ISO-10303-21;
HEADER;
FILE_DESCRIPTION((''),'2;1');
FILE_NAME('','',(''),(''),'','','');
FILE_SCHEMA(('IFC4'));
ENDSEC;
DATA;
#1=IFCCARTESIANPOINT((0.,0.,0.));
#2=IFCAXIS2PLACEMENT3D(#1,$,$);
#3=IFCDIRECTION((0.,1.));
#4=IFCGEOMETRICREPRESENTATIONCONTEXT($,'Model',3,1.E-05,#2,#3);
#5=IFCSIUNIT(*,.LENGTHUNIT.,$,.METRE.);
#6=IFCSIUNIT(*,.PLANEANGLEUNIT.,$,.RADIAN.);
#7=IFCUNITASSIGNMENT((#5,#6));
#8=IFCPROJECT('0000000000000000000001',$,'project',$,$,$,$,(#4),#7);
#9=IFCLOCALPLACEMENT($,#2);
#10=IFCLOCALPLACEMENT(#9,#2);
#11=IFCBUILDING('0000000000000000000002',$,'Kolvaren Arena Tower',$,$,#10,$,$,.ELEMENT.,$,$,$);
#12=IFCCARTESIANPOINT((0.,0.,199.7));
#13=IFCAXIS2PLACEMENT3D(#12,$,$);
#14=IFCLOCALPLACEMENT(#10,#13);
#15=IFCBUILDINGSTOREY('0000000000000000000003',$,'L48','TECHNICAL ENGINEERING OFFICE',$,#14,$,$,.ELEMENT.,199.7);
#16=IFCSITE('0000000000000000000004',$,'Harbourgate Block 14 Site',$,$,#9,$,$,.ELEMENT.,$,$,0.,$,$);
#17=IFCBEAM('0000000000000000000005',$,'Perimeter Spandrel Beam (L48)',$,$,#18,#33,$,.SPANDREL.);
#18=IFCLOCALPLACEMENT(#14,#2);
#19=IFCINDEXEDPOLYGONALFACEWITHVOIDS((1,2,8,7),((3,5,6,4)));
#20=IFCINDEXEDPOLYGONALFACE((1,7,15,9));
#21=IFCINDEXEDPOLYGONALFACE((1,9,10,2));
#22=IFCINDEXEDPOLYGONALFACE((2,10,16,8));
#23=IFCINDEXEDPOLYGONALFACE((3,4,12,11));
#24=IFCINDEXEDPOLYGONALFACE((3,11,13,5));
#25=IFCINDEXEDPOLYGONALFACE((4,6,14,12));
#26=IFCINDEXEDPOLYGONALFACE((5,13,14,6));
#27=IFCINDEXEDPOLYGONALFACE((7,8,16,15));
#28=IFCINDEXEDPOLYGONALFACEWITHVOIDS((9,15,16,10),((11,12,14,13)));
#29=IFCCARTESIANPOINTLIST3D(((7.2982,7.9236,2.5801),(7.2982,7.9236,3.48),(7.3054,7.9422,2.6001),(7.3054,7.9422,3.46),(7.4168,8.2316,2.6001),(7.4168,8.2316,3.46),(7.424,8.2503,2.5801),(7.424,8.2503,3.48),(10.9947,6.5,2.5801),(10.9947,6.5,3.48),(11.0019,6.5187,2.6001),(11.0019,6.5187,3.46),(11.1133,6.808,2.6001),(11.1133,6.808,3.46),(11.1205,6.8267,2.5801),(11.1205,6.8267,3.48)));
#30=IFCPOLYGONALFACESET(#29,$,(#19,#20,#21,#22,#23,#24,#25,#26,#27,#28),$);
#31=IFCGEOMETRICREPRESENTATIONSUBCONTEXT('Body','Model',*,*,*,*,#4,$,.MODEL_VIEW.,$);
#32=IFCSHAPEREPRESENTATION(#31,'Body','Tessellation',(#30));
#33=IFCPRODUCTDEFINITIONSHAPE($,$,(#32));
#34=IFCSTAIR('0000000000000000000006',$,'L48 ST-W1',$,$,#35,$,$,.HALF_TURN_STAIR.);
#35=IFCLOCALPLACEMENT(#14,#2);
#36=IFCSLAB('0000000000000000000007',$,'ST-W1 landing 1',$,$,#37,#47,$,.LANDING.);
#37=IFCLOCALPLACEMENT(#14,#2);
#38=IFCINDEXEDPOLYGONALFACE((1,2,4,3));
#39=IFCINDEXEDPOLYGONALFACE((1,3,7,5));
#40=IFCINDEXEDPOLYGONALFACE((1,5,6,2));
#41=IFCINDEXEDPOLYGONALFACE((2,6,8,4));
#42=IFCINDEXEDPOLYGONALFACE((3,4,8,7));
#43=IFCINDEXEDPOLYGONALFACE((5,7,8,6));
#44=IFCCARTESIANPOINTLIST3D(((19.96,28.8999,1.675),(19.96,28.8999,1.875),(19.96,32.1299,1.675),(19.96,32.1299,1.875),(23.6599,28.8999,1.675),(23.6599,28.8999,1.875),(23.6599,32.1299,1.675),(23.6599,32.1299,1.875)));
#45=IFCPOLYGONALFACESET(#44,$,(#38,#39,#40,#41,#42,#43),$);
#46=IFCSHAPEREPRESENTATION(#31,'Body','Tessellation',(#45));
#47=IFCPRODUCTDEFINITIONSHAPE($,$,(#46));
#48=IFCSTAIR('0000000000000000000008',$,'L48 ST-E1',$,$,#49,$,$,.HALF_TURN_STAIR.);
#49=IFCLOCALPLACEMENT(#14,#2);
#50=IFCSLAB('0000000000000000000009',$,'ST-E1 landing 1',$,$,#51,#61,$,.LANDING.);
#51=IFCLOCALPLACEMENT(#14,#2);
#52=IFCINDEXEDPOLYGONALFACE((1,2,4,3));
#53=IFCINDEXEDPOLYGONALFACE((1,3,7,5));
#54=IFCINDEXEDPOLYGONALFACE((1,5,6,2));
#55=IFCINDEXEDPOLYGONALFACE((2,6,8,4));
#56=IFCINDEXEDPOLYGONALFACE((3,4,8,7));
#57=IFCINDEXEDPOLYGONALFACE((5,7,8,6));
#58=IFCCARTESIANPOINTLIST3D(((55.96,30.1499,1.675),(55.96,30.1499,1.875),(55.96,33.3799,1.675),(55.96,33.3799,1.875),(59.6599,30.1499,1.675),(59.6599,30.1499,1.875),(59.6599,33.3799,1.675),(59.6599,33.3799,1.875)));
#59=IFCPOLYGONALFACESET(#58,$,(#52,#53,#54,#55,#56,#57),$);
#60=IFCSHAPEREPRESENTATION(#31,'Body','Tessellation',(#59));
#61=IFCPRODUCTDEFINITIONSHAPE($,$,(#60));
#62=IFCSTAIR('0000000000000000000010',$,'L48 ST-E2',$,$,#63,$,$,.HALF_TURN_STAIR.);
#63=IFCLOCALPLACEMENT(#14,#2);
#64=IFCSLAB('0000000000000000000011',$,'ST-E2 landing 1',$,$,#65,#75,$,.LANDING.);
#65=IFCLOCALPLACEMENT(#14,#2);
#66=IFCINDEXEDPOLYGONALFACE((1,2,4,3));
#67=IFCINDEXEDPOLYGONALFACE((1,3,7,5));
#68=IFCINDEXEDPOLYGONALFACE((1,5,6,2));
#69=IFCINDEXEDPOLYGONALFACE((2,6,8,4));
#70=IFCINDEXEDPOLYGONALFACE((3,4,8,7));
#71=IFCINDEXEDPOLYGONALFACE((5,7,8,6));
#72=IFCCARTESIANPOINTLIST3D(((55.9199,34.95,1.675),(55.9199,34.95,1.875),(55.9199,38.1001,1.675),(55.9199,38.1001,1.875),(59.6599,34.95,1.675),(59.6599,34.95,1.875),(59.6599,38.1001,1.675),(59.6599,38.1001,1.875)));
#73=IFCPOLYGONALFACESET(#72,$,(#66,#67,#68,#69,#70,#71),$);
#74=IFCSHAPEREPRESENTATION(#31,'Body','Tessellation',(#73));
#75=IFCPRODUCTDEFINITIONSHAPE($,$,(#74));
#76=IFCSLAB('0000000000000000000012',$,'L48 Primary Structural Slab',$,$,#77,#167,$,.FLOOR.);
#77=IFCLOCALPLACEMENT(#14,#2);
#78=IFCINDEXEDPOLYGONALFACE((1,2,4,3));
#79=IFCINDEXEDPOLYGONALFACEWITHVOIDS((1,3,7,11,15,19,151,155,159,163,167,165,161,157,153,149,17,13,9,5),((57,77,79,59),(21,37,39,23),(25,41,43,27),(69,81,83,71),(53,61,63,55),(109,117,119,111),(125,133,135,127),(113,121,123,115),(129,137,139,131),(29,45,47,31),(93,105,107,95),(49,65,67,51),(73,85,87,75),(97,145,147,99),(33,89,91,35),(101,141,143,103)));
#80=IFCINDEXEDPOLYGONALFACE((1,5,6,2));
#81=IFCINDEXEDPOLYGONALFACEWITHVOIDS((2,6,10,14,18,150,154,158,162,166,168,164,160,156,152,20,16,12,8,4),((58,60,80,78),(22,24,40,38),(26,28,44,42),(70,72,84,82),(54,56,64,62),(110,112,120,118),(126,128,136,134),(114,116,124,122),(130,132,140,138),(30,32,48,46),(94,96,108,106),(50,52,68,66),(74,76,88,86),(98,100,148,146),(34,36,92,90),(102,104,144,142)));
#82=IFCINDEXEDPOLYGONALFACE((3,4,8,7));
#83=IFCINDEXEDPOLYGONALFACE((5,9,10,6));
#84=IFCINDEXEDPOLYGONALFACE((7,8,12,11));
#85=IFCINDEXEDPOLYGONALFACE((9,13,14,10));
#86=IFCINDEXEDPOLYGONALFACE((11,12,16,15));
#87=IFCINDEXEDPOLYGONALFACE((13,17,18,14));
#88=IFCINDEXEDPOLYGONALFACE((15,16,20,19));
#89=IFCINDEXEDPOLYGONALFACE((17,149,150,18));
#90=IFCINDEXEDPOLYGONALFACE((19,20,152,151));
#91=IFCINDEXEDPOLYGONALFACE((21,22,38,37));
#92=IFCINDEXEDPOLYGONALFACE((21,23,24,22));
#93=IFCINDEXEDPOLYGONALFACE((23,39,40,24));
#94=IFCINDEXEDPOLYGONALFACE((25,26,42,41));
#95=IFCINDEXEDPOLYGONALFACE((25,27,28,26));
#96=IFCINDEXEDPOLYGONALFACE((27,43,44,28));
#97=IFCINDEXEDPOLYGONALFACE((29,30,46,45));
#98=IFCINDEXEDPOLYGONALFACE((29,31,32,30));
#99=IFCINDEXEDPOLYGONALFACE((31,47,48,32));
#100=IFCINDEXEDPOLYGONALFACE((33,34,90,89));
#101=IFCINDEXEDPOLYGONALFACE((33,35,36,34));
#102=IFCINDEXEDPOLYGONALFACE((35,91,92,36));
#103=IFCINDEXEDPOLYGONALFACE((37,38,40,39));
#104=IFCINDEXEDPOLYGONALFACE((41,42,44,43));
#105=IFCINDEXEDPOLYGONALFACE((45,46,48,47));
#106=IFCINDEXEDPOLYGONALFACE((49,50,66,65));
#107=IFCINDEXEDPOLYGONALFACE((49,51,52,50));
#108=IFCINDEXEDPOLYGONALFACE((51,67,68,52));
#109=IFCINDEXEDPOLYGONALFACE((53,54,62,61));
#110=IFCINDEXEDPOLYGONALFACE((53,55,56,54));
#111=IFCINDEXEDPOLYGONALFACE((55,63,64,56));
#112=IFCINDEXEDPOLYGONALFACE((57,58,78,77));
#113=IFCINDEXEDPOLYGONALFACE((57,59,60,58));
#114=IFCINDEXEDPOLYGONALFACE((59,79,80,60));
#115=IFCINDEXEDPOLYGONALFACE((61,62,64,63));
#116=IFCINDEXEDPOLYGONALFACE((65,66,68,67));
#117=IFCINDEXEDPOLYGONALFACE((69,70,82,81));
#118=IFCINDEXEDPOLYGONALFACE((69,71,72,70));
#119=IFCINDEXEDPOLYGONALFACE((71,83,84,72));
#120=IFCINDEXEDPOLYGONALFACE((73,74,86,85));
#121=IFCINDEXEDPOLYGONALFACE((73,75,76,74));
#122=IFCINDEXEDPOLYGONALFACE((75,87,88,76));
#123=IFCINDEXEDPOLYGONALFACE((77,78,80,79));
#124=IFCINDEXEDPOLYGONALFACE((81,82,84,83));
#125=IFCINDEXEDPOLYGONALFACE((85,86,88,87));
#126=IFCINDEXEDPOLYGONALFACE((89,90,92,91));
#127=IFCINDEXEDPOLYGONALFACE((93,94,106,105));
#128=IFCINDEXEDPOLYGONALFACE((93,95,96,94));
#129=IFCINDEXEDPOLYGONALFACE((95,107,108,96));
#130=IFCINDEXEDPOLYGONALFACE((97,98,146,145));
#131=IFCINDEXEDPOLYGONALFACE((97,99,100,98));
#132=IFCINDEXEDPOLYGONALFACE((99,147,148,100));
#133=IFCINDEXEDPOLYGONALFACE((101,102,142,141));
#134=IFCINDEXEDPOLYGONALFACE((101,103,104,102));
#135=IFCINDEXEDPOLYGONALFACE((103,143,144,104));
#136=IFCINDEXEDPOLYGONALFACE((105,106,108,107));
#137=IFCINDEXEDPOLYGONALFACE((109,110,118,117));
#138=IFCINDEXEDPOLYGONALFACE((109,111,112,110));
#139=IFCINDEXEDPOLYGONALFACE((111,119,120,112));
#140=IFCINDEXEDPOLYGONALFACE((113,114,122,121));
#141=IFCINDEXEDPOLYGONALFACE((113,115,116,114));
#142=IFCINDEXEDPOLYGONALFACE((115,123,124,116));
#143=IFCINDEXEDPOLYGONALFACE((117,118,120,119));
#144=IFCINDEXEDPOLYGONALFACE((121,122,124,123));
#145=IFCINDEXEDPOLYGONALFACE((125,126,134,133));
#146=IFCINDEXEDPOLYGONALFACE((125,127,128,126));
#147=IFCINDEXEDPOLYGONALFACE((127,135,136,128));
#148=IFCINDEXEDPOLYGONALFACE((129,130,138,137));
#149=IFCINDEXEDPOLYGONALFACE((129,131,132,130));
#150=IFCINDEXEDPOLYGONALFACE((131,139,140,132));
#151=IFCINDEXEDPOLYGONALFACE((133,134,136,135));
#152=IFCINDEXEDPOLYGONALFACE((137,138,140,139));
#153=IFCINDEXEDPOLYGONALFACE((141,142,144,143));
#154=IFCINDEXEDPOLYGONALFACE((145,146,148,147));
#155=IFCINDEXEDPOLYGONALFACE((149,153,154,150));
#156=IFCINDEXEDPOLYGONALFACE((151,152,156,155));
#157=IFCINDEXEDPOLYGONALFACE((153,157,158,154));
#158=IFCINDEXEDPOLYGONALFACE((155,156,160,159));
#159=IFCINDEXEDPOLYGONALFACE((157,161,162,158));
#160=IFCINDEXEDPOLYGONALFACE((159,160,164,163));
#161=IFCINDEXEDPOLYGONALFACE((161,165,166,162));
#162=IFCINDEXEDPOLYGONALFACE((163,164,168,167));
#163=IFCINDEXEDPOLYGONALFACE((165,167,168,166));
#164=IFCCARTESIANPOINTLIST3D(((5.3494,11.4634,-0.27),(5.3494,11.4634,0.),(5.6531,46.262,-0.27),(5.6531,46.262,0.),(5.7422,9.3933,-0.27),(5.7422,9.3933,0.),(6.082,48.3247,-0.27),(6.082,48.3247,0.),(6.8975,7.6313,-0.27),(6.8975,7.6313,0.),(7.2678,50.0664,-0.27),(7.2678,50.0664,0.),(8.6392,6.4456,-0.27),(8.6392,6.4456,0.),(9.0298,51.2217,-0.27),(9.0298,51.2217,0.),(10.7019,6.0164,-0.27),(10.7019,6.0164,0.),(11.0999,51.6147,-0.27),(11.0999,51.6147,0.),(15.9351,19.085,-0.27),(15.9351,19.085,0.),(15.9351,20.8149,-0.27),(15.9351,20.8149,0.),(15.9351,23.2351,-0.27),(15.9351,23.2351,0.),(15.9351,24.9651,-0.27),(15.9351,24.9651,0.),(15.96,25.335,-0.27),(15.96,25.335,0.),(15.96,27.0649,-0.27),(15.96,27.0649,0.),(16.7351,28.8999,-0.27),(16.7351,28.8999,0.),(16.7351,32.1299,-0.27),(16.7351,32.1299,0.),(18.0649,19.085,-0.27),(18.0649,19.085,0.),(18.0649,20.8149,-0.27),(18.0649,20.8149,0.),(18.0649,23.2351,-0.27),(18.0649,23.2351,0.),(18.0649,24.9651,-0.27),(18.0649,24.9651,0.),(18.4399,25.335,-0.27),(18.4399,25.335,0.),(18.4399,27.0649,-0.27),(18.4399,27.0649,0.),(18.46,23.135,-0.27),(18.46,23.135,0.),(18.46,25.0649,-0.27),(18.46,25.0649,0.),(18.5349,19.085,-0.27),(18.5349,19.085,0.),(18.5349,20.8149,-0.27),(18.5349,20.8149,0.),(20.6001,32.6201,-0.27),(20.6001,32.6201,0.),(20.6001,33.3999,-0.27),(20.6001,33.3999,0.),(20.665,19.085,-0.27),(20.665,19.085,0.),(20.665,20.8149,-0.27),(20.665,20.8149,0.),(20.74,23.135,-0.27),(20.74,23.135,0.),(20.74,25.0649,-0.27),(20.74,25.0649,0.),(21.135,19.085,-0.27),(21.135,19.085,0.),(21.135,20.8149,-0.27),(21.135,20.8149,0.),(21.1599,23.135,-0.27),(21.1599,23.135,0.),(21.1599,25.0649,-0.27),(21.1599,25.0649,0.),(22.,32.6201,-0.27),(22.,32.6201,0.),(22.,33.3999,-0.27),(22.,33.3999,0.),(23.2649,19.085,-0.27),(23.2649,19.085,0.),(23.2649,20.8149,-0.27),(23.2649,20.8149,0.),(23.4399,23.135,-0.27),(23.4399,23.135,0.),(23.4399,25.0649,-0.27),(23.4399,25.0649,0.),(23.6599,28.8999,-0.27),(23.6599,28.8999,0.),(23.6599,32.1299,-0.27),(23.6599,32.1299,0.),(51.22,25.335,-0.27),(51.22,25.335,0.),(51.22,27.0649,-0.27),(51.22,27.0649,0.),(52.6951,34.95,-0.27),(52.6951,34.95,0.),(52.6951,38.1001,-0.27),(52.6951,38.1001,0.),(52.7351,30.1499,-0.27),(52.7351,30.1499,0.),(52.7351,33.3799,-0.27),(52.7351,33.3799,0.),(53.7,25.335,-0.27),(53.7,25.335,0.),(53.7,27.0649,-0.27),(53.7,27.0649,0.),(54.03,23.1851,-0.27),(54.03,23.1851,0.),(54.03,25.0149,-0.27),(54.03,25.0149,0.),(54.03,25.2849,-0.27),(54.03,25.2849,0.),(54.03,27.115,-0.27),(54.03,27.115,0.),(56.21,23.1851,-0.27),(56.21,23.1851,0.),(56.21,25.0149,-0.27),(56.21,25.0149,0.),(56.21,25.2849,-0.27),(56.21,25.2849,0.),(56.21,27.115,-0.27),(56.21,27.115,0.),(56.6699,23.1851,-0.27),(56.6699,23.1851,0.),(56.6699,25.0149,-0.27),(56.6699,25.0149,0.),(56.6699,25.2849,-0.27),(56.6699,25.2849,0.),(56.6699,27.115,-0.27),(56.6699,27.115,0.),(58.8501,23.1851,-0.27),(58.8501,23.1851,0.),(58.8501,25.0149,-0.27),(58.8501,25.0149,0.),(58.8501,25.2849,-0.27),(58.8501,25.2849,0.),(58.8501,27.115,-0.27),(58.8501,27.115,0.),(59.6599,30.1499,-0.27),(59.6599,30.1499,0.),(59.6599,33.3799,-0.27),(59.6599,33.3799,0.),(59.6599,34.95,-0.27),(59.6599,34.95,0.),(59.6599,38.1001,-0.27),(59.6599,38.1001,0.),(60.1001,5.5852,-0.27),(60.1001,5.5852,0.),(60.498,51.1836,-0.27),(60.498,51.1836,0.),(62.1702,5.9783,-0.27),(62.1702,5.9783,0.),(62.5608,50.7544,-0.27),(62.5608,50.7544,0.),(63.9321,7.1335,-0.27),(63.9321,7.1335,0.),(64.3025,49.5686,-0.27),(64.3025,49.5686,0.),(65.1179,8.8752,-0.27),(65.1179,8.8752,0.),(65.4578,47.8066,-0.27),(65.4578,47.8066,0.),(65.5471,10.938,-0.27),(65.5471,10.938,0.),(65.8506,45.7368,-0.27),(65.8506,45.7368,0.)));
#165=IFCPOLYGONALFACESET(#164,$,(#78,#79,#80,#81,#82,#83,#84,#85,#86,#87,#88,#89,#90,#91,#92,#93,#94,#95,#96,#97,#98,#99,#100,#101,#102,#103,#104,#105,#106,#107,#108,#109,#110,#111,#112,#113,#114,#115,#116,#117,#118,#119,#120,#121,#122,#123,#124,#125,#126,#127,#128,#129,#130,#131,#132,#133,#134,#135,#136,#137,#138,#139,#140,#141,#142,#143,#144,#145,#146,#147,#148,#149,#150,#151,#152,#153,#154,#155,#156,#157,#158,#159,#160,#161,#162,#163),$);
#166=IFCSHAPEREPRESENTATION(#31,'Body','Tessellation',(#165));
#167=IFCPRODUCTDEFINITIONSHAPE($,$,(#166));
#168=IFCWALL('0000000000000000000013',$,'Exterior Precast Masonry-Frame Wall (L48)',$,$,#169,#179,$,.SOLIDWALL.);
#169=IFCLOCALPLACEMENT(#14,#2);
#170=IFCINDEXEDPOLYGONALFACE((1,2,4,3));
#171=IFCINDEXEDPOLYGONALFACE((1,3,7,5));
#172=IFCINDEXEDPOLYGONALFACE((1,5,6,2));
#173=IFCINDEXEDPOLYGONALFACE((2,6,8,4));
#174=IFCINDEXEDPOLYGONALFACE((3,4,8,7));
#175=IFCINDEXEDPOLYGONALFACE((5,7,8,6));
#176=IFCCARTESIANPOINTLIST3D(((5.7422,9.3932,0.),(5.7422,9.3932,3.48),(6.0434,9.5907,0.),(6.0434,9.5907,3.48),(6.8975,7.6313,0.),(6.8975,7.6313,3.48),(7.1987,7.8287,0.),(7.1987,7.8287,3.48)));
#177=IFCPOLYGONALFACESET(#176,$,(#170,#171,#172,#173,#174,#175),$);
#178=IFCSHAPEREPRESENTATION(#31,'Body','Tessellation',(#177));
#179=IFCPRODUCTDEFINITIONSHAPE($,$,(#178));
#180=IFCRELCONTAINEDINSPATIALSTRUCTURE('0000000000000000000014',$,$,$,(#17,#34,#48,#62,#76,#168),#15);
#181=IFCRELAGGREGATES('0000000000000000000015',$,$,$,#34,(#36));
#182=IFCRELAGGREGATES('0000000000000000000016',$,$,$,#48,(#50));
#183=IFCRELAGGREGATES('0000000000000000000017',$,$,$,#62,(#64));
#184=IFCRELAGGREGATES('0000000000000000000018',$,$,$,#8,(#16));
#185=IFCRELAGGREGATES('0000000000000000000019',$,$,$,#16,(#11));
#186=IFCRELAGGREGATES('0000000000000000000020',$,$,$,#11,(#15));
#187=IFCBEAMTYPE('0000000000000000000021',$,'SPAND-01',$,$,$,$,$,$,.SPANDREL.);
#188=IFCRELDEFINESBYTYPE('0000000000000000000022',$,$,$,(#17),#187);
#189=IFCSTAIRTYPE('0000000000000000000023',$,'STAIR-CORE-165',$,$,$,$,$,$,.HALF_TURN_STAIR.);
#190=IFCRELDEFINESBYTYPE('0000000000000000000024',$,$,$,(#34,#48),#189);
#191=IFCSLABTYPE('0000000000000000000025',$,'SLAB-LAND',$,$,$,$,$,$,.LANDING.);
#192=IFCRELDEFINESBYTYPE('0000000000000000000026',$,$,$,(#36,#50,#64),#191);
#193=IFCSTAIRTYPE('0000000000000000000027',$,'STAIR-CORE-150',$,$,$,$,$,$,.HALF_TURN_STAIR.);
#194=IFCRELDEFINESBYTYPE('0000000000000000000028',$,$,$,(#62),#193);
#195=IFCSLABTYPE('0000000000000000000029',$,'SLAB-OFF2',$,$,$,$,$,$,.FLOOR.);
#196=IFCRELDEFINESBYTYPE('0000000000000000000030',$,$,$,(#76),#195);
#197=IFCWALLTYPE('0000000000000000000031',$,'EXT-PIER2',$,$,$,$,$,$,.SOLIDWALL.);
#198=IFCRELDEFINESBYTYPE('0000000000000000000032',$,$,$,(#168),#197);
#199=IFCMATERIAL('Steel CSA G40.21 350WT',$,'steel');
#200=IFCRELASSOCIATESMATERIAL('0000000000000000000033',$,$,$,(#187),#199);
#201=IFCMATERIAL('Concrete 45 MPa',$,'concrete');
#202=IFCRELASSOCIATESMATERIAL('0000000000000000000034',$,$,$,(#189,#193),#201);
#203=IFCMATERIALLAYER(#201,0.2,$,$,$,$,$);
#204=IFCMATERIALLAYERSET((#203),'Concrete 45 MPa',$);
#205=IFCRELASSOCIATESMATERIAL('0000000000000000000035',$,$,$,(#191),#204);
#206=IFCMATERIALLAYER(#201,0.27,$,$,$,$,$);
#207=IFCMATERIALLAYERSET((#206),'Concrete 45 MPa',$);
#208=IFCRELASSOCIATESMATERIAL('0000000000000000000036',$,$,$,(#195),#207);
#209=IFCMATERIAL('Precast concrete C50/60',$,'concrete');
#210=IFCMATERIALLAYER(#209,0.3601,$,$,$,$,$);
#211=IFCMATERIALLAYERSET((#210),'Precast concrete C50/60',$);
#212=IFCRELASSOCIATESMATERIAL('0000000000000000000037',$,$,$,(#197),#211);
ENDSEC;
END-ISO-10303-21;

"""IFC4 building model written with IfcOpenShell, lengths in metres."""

from ifc_helpers import new_model, si_unit, direction, frame, frame_2d, origin, origin_2d, place, context, subcontext, project, spatial, polyline, rectangle, hollow_rectangle, outline, extrude, material, layer, layer_set, material_profile, profile_set, type_object, element, aggregate, save


model = new_model("IFC4")

# Units and contexts
model_context = context("Model", 3, precision=1e-05, world=origin(), true_north=direction((0.0, 1.0)))
body_context = subcontext(model_context, "Body", "Model", "MODEL_VIEW")
ifc_project = project(units=[si_unit("LENGTHUNIT", "METRE"), si_unit("PLANEANGLEUNIT", "RADIAN")], contexts=[model_context])

# Site, building, storey
site_placement = place(None, origin())
site = spatial("IfcSite", under=ifc_project, at=site_placement, Name="Harbourgate Block 14 Site", CompositionType="ELEMENT", RefElevation=0.0)
building_placement = place(site_placement, origin())
building = spatial("IfcBuilding", under=site, at=building_placement, Name="Kolvaren Arena Tower", CompositionType="ELEMENT")
storey_placement = place(building_placement, frame((0.0, 0.0, 199.7)))
storey = spatial("IfcBuildingStorey", under=building, at=storey_placement, Name="L48", Description="TECHNICAL ENGINEERING OFFICE", CompositionType="ELEMENT", Elevation=199.7)

# Beam
ifc_material_1 = material(Name="Steel CSA G40.21 350WT", Category="steel")
ifc_material_profile_1 = material_profile(ifc_material_1, hollow_rectangle(XDim=0.3501, YDim=0.8999, WallThickness=0.02, at=origin_2d()), Name="HSS 900x350x20")
ifc_profile_set_1 = profile_set([ifc_material_profile_1], Name="Steel CSA G40.21 350WT")
beam_type_1 = type_object("IfcBeamType", Name="SPAND-01", PredefinedType="SPANDREL", material=ifc_profile_set_1)
beam_1_placement = place(storey_placement, frame((7.3611, 8.0869, 3.03), z_axis=(0.93319, -0.359384, 0.0), x_axis=(0.359384, 0.93319, 0.0)))
element("IfcBeam", 1, at=beam_1_placement, inside=storey, type_object=beam_type_1, Name="Perimeter Spandrel Beam (L48)", PredefinedType="SPANDREL", context=body_context, shape_type="SweptSolid", body=[
    extrude(hollow_rectangle(XDim=0.3501, YDim=0.8999, WallThickness=0.02, at=origin_2d()), origin(), (0.0, 0.0, 1.0), 3.9612),
])

# Stairs, slabs
ifc_material_2 = material(Name="Concrete 45 MPa", Category="concrete")
stair_type_1 = type_object("IfcStairType", Name="STAIR-CORE-165", PredefinedType="HALF_TURN_STAIR", material=ifc_material_2)
stair_1_placement = place(storey_placement, origin())
stair_1 = element("IfcStair", 2, at=stair_1_placement, inside=storey, type_object=stair_type_1, Name="L48 ST-W1", PredefinedType="HALF_TURN_STAIR")
ifc_layer_1 = layer(ifc_material_2, 0.2)
ifc_layer_set_1 = layer_set([ifc_layer_1], Name="Concrete 45 MPa")
slab_type_1 = type_object("IfcSlabType", Name="SLAB-LAND", PredefinedType="LANDING", material=ifc_layer_set_1)
slab_1_placement = place(storey_placement, frame((0.0, 0.0, 1.675)))
slab_1 = element("IfcSlab", 3, at=slab_1_placement, type_object=slab_type_1, Name="ST-W1 landing 1", PredefinedType="LANDING", context=body_context, shape_type="SweptSolid", body=[
    extrude(outline(polyline([(19.96, 28.8999), (23.6599, 28.8999), (23.6599, 32.1299), (19.96, 32.1299), (19.96, 28.8999)])), origin(), (0.0, 0.0, 1.0), 0.2),
])
aggregate(stair_1, [slab_1])
stair_2_placement = place(storey_placement, origin())
stair_2 = element("IfcStair", 4, at=stair_2_placement, inside=storey, type_object=stair_type_1, Name="L48 ST-E1", PredefinedType="HALF_TURN_STAIR")
slab_2_placement = place(storey_placement, frame((0.0, 0.0, 1.675)))
slab_2 = element("IfcSlab", 5, at=slab_2_placement, type_object=slab_type_1, Name="ST-E1 landing 1", PredefinedType="LANDING", context=body_context, shape_type="SweptSolid", body=[
    extrude(outline(polyline([(55.96, 30.1499), (59.6599, 30.1499), (59.6599, 33.3799), (55.96, 33.3799), (55.96, 30.1499)])), origin(), (0.0, 0.0, 1.0), 0.2),
])
aggregate(stair_2, [slab_2])
stair_type_2 = type_object("IfcStairType", Name="STAIR-CORE-150", PredefinedType="HALF_TURN_STAIR", material=ifc_material_2)
stair_3_placement = place(storey_placement, origin())
stair_3 = element("IfcStair", 6, at=stair_3_placement, inside=storey, type_object=stair_type_2, Name="L48 ST-E2", PredefinedType="HALF_TURN_STAIR")
slab_3_placement = place(storey_placement, frame((0.0, 0.0, 1.675)))
slab_3 = element("IfcSlab", 7, at=slab_3_placement, type_object=slab_type_1, Name="ST-E2 landing 1", PredefinedType="LANDING", context=body_context, shape_type="SweptSolid", body=[
    extrude(outline(polyline([(55.9199, 34.95), (59.6599, 34.95), (59.6599, 38.1001), (55.9199, 38.1001), (55.9199, 34.95)])), origin(), (0.0, 0.0, 1.0), 0.2),
])
aggregate(stair_3, [slab_3])

# Slab
ifc_layer_2 = layer(ifc_material_2, 0.27)
ifc_layer_set_2 = layer_set([ifc_layer_2], Name="Concrete 45 MPa")
slab_type_2 = type_object("IfcSlabType", Name="SLAB-OFF2", PredefinedType="FLOOR", material=ifc_layer_set_2)
slab_4_placement = place(storey_placement, frame((0.0, 0.0, -0.27)))
element("IfcSlab", 8, at=slab_4_placement, inside=storey, type_object=slab_type_2, Name="L48 Primary Structural Slab", PredefinedType="FLOOR", context=body_context, shape_type="SweptSolid", body=[
    extrude(outline(polyline([(60.1001, 5.5852), (62.1702, 5.9783), (63.9321, 7.1335), (65.1179, 8.8752), (65.5471, 10.938), (65.8506, 45.7368), (65.4578, 47.8066), (64.3025, 49.5686), (62.5608, 50.7544), (60.498, 51.1836), (11.0999, 51.6147), (9.0298, 51.2217), (7.2678, 50.0664), (6.082, 48.3247), (5.6531, 46.262), (5.3494, 11.4634), (5.7422, 9.3933), (6.8975, 7.6313), (8.6392, 6.4456), (10.7019, 6.0164), (60.1001, 5.5852)]), holes=[polyline([(15.9351, 19.085), (15.9351, 20.8149), (18.0649, 20.8149), (18.0649, 19.085), (15.9351, 19.085)]), polyline([(18.5349, 19.085), (18.5349, 20.8149), (20.665, 20.8149), (20.665, 19.085), (18.5349, 19.085)]), polyline([(21.135, 19.085), (21.135, 20.8149), (23.2649, 20.8149), (23.2649, 19.085), (21.135, 19.085)]), polyline([(18.46, 23.135), (18.46, 25.0649), (20.74, 25.0649), (20.74, 23.135), (18.46, 23.135)]), polyline([(21.1599, 23.135), (21.1599, 25.0649), (23.4399, 25.0649), (23.4399, 23.135), (21.1599, 23.135)]), polyline([(54.03, 23.1851), (54.03, 25.0149), (56.21, 25.0149), (56.21, 23.1851), (54.03, 23.1851)]), polyline([(56.6699, 23.1851), (56.6699, 25.0149), (58.8501, 25.0149), (58.8501, 23.1851), (56.6699, 23.1851)]), polyline([(15.9351, 23.2351), (15.9351, 24.9651), (18.0649, 24.9651), (18.0649, 23.2351), (15.9351, 23.2351)]), polyline([(54.03, 25.2849), (54.03, 27.115), (56.21, 27.115), (56.21, 25.2849), (54.03, 25.2849)]), polyline([(56.6699, 25.2849), (56.6699, 27.115), (58.8501, 27.115), (58.8501, 25.2849), (56.6699, 25.2849)]), polyline([(15.96, 25.335), (15.96, 27.0649), (18.4399, 27.0649), (18.4399, 25.335), (15.96, 25.335)]), polyline([(51.22, 25.335), (51.22, 27.0649), (53.7, 27.0649), (53.7, 25.335), (51.22, 25.335)]), polyline([(16.7351, 28.8999), (16.7351, 32.1299), (23.6599, 32.1299), (23.6599, 28.8999), (16.7351, 28.8999)]), polyline([(52.7351, 30.1499), (52.7351, 33.3799), (59.6599, 33.3799), (59.6599, 30.1499), (52.7351, 30.1499)]), polyline([(20.6001, 32.6201), (20.6001, 33.3999), (22.0, 33.3999), (22.0, 32.6201), (20.6001, 32.6201)]), polyline([(52.6951, 34.95), (52.6951, 38.1001), (59.6599, 38.1001), (59.6599, 34.95), (52.6951, 34.95)])]), origin(), (0.0, 0.0, 1.0), 0.27),
])

# Wall
ifc_material_3 = material(Name="Precast concrete C50/60", Category="concrete")
ifc_layer_3 = layer(ifc_material_3, 0.3601)
ifc_layer_set_3 = layer_set([ifc_layer_3], Name="Precast concrete C50/60")
wall_type = type_object("IfcWallType", Name="EXT-PIER2", PredefinedType="SOLIDWALL", material=ifc_layer_set_3)
for number, where, z_axis, x_axis, name in (
    (9, (7.0481, 7.73, 0.0), (0.0, 0.0, 1.0), (-0.54832, 0.836269, 0.0), "Exterior Precast Masonry-Frame Wall (L48)"),
):
    element("IfcWall", number, at=place(storey_placement, frame(where, z_axis=z_axis, x_axis=x_axis)), inside=storey, type_object=wall_type, Name=name, PredefinedType="SOLIDWALL", context=body_context, shape_type="SweptSolid", body=[
        extrude(rectangle(XDim=2.1069, YDim=0.3601, at=frame_2d((1.0535, 0.0))), origin(), (0.0, 0.0, 1.0), 3.48),
    ])

save(model, "model.ifc")
